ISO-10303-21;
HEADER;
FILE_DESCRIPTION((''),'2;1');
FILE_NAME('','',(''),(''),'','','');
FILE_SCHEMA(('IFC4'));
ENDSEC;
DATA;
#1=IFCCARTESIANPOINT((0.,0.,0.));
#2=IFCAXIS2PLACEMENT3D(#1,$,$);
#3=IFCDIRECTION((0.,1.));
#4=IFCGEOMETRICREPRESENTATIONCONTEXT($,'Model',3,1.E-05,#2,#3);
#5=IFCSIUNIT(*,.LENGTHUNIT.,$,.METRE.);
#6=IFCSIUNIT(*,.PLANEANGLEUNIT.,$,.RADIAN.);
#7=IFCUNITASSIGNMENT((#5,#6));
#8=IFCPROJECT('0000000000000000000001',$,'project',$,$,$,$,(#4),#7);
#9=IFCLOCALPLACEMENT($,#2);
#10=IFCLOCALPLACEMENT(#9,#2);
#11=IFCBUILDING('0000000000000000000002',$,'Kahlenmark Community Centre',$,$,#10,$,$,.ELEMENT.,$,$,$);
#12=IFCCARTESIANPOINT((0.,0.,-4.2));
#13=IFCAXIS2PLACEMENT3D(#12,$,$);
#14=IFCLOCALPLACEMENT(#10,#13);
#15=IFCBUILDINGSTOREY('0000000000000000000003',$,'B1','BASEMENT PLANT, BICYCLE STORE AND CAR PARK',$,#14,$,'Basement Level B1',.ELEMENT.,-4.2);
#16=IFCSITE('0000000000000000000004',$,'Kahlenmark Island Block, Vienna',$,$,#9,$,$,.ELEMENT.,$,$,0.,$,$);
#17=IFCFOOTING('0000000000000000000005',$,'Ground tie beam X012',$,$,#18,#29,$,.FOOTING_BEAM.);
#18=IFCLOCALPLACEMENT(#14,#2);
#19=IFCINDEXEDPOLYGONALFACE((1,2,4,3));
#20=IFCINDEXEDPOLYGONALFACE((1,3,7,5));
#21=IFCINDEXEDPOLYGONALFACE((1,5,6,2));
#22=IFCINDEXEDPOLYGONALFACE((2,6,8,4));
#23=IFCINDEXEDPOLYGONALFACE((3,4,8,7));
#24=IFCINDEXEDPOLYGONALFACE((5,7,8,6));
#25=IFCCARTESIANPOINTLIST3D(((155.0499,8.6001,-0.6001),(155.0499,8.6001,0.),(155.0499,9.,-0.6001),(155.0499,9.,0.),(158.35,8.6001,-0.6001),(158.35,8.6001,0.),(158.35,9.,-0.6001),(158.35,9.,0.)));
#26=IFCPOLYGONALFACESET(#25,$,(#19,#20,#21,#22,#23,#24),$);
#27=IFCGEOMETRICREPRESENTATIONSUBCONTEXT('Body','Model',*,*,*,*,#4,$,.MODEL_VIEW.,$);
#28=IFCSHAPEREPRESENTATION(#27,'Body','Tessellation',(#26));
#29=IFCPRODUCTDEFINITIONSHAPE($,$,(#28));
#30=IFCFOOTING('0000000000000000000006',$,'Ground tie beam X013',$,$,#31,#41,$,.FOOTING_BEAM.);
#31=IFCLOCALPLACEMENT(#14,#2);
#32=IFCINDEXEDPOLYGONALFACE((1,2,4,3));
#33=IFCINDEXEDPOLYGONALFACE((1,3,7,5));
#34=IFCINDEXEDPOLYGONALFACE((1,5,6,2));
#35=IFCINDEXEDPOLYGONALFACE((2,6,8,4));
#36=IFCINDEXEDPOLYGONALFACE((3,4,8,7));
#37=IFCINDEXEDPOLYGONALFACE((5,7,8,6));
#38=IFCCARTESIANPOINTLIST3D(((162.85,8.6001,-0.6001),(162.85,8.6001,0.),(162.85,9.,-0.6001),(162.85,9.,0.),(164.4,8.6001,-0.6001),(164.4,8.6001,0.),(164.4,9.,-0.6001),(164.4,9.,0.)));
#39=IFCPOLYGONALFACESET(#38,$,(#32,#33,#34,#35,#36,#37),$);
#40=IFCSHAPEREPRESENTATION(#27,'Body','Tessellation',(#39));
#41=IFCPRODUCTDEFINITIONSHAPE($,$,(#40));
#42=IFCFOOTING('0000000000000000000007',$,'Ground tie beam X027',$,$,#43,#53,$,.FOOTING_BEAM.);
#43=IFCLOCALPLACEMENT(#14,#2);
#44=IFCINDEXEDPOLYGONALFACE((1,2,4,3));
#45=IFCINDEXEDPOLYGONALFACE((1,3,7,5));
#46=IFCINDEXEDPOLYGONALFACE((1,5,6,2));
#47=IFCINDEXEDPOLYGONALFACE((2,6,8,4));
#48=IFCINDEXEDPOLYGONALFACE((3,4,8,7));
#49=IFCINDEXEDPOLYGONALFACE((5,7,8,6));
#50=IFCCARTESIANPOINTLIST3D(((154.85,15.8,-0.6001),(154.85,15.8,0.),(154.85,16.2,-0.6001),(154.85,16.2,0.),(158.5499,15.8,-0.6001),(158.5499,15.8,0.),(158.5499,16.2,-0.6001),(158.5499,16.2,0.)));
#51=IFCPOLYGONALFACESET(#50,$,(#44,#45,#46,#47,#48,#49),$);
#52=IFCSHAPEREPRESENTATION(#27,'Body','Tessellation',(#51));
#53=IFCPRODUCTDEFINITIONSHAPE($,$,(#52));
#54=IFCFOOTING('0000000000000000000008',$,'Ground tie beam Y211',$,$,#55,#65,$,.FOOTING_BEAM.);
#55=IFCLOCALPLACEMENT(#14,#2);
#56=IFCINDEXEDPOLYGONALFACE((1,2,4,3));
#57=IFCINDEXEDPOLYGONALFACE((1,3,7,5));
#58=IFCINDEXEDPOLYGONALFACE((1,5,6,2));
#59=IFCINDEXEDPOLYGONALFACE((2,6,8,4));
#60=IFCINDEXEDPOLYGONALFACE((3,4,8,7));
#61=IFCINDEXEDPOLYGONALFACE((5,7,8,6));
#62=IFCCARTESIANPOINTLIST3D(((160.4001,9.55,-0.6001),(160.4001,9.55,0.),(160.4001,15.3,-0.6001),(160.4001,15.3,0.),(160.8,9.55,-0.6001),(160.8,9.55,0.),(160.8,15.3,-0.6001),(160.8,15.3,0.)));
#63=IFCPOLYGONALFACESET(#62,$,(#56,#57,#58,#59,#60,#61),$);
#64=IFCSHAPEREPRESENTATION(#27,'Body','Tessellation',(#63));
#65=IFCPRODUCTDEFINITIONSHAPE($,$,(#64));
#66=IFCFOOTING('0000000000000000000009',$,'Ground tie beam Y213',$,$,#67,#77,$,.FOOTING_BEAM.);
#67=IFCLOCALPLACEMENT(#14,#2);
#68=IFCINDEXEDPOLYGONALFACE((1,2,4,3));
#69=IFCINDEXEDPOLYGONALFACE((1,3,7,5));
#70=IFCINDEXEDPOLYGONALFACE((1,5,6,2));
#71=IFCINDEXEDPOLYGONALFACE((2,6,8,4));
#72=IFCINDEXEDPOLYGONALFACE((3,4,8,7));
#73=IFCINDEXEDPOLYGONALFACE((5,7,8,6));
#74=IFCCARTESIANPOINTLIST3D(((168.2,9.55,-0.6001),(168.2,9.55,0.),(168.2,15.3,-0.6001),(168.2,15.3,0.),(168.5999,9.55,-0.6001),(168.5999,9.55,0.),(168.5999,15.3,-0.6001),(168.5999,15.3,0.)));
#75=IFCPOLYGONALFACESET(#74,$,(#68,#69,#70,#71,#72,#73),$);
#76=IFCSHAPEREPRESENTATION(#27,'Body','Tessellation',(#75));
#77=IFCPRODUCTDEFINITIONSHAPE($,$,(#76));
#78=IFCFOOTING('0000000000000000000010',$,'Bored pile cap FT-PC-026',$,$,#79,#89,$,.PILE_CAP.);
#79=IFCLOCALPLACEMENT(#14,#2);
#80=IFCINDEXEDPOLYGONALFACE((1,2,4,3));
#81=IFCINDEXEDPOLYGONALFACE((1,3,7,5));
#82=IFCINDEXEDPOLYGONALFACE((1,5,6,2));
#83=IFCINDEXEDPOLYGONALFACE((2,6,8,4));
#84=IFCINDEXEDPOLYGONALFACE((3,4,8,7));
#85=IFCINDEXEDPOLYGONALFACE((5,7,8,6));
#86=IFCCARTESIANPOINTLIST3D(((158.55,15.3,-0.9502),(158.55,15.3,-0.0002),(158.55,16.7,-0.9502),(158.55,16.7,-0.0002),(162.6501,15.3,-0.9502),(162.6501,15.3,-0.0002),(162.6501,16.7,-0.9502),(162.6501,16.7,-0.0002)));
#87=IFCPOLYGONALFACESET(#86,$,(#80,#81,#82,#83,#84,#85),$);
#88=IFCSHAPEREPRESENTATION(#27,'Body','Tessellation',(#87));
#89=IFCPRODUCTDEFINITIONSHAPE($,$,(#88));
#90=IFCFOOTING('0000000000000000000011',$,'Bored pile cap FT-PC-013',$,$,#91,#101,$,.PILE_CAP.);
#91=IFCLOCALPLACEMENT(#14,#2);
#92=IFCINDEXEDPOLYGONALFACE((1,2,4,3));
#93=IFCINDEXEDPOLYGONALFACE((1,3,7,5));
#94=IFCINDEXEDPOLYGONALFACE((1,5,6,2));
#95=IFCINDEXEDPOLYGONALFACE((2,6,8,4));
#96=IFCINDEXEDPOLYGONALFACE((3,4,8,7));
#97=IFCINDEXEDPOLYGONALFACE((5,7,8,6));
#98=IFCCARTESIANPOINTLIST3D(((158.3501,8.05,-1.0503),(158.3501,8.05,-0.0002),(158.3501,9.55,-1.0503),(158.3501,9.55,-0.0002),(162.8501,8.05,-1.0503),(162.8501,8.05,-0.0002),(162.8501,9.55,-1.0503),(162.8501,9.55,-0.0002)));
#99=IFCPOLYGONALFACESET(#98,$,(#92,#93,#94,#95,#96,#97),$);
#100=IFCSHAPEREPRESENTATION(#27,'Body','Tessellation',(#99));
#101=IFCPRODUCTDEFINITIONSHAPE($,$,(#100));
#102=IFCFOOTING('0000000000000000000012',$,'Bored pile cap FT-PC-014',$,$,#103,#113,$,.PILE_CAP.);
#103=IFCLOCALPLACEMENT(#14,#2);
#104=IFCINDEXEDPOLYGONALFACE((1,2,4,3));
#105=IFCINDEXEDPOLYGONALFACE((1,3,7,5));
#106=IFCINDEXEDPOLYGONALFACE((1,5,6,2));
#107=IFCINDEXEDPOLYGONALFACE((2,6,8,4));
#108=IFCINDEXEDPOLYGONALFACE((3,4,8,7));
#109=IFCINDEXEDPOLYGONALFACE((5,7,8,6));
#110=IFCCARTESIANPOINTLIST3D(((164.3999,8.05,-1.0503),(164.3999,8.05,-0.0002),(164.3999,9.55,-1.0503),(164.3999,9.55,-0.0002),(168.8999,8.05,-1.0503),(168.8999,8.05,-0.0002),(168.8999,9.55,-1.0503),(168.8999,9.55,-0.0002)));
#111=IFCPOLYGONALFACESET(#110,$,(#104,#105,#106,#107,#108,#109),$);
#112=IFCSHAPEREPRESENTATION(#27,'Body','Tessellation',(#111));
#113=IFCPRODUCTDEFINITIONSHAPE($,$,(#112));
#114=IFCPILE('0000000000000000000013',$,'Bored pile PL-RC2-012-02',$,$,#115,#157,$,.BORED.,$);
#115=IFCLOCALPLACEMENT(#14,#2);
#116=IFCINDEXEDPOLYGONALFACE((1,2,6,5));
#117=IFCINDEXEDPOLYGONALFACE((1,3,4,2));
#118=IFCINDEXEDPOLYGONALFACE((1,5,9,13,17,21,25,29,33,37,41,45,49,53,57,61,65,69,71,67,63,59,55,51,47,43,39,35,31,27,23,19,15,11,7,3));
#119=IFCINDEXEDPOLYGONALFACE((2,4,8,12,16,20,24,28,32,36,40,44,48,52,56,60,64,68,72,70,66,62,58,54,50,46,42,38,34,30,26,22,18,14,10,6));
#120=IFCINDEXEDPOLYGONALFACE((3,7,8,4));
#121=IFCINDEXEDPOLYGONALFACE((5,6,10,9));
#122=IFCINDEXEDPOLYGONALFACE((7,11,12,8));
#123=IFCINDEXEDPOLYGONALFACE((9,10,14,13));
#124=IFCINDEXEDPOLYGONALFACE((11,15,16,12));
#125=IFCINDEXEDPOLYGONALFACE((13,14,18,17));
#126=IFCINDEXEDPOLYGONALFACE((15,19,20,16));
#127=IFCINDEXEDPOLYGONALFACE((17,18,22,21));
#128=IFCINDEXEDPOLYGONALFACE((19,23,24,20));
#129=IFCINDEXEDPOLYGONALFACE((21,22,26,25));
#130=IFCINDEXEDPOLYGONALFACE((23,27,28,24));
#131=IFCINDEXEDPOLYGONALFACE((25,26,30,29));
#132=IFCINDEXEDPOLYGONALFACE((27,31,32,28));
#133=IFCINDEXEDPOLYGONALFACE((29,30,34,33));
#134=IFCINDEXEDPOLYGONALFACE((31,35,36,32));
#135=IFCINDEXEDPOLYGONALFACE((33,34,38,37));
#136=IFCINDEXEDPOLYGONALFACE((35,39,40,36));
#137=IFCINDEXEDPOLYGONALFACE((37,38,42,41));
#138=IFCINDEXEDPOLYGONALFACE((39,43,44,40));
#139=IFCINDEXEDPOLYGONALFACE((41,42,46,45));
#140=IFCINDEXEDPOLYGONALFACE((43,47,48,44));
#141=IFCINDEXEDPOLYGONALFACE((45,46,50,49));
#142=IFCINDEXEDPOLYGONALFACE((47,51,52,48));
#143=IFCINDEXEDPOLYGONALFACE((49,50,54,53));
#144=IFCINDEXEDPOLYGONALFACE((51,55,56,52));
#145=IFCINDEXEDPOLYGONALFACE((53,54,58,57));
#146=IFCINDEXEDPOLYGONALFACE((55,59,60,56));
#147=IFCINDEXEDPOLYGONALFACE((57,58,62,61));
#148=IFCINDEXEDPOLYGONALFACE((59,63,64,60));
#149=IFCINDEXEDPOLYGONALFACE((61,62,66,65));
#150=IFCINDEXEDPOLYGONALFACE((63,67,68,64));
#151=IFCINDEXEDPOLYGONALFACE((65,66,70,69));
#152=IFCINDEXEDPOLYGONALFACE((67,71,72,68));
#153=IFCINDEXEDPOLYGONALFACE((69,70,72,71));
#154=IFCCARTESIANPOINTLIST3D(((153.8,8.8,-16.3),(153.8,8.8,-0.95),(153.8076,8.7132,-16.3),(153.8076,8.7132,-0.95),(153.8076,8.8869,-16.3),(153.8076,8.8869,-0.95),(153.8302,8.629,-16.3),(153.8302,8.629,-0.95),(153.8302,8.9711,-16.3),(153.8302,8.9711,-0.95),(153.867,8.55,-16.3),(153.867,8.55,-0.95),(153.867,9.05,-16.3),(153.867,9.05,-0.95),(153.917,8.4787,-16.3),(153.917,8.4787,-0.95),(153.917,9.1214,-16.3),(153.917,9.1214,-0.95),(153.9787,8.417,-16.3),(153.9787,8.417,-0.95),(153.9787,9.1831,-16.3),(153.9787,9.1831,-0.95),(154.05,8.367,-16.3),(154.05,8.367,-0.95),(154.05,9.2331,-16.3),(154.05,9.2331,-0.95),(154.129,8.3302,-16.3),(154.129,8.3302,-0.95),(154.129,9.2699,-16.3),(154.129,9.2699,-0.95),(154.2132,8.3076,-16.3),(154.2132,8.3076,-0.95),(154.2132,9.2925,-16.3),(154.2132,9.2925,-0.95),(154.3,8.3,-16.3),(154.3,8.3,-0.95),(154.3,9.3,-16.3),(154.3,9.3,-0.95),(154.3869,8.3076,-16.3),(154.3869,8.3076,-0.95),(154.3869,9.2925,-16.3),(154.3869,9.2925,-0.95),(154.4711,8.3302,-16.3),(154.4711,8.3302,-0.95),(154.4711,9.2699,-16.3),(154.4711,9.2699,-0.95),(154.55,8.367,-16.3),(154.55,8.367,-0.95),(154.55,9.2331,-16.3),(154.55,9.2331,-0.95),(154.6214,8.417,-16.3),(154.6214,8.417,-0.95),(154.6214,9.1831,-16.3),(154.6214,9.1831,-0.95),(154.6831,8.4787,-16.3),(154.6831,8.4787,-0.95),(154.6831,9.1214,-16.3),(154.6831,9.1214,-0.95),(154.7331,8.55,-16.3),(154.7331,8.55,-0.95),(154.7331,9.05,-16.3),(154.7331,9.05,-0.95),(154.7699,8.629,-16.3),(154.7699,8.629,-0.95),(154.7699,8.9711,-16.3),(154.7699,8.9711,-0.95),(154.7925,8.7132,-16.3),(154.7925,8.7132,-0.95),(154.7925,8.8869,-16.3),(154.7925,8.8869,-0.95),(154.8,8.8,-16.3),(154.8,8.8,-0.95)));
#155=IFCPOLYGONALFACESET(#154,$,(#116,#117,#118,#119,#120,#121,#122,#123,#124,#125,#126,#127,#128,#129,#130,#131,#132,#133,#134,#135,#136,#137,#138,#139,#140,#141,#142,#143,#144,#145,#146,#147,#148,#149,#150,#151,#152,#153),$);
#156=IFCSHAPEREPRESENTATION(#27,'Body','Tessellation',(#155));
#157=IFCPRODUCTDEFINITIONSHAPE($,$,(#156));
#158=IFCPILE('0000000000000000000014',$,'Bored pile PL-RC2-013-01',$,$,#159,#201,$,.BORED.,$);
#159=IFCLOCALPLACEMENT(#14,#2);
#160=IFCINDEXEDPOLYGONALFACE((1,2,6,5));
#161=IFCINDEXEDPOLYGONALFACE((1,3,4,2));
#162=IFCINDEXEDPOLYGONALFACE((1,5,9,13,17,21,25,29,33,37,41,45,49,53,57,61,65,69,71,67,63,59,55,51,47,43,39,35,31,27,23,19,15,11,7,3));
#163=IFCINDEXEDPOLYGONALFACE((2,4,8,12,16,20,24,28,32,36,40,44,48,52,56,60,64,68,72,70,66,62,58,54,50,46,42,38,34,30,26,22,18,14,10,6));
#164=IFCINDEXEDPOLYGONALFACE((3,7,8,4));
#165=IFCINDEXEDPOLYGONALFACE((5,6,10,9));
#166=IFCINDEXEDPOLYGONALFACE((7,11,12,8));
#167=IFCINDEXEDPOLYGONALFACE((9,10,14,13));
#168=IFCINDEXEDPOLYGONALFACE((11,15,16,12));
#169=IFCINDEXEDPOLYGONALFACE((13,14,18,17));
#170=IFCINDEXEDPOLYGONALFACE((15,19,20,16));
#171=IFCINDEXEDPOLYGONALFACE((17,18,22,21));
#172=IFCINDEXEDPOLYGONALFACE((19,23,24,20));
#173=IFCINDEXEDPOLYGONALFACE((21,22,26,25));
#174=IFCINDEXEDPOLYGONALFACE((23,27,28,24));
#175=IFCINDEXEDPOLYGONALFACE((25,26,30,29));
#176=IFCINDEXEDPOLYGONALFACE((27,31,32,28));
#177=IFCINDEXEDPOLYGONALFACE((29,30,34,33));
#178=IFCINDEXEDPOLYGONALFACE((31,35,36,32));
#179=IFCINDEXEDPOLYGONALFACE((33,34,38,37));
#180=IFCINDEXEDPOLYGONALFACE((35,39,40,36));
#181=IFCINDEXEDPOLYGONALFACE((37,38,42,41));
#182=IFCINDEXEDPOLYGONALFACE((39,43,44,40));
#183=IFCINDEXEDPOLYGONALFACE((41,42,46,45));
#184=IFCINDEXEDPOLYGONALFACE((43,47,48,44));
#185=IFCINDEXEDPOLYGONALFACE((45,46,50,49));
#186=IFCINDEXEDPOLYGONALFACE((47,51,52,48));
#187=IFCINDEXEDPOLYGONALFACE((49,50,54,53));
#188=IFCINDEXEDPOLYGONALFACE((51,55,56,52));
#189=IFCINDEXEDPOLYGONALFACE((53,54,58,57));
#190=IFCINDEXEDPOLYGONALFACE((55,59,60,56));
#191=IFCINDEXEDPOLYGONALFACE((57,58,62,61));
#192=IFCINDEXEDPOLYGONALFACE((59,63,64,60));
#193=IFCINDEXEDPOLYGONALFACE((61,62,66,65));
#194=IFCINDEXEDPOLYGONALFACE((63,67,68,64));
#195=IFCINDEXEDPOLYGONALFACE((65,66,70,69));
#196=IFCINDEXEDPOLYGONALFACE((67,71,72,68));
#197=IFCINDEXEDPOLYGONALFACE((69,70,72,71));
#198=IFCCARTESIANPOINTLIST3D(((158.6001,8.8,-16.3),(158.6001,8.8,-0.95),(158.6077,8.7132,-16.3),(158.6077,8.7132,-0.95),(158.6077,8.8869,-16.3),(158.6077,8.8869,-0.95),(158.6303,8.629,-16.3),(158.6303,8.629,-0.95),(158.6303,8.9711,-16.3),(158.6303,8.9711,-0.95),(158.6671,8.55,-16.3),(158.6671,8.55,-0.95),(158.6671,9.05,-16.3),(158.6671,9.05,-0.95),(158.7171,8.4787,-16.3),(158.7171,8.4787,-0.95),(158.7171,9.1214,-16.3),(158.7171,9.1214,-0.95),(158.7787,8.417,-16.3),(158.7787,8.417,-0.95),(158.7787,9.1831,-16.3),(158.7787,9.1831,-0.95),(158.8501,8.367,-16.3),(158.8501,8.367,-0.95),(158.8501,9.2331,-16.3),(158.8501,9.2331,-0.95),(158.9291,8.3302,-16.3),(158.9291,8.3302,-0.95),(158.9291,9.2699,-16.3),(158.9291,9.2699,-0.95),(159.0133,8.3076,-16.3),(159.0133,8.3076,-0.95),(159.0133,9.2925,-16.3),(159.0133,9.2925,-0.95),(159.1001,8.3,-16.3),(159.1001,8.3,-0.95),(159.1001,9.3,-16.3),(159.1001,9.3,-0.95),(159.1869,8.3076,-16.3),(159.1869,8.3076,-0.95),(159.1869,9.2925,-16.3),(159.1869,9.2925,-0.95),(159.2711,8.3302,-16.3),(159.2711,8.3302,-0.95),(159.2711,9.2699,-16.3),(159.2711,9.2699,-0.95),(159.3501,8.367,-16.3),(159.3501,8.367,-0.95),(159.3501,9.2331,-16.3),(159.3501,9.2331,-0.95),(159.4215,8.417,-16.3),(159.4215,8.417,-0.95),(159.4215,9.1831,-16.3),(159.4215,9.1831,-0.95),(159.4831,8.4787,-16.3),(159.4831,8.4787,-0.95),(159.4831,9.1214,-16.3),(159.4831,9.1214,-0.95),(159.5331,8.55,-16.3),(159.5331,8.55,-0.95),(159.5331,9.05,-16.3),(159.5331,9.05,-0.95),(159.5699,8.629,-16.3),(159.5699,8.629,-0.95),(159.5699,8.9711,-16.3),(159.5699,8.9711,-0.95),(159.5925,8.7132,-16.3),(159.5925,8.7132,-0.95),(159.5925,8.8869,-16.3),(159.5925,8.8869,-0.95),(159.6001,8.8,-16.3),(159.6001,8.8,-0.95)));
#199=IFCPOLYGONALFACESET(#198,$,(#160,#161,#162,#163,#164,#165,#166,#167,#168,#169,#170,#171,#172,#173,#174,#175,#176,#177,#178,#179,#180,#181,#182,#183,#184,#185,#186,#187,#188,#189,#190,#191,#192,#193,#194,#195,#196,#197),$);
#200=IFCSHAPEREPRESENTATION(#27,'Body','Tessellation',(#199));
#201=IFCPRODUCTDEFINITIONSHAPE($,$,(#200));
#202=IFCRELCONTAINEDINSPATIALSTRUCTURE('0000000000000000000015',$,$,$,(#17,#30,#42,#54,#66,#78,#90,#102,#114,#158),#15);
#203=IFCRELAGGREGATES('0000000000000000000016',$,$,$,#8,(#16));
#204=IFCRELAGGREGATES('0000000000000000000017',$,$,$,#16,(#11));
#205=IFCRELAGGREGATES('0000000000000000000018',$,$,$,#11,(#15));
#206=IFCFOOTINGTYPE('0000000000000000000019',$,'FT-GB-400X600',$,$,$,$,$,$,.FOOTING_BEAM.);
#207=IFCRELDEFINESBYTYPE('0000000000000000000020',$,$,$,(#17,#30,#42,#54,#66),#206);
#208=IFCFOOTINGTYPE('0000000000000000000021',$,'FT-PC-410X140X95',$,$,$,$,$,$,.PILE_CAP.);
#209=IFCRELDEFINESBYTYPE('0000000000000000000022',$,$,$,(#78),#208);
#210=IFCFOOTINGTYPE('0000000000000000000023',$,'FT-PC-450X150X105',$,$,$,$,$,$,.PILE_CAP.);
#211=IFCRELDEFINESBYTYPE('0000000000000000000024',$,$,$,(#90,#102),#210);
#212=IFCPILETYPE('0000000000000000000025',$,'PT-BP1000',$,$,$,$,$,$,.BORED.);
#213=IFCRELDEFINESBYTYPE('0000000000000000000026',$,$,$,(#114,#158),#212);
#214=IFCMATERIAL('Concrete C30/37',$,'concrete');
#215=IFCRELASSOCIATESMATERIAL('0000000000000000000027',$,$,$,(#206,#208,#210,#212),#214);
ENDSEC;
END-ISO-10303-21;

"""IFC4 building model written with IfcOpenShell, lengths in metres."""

from ifc_helpers import new_model, si_unit, direction, frame, origin, origin_2d, place, context, subcontext, project, spatial, rectangle, circle, extrude, material, material_profile, profile_set, type_object, element, save


model = new_model("IFC4")

# Units and contexts
model_context = context("Model", 3, precision=1e-05, world=origin(), true_north=direction((0.0, 1.0)))
body_context = subcontext(model_context, "Body", "Model", "MODEL_VIEW")
ifc_project = project(units=[si_unit("LENGTHUNIT", "METRE"), si_unit("PLANEANGLEUNIT", "RADIAN")], contexts=[model_context])

# Site, building, storey
site_placement = place(None, origin())
site = spatial("IfcSite", under=ifc_project, at=site_placement, Name="Kahlenmark Island Block, Vienna", CompositionType="ELEMENT", RefElevation=0.0)
building_placement = place(site_placement, origin())
building = spatial("IfcBuilding", under=site, at=building_placement, Name="Kahlenmark Community Centre", CompositionType="ELEMENT")
storey_placement = place(building_placement, frame((0.0, 0.0, -4.2)))
storey = spatial("IfcBuildingStorey", under=building, at=storey_placement, Name="B1", Description="BASEMENT PLANT, BICYCLE STORE AND CAR PARK", LongName="Basement Level B1", CompositionType="ELEMENT", Elevation=-4.2)

# Footings
ifc_material_1 = material(Name="Concrete C30/37", Category="concrete")
footing_type_1 = type_object("IfcFootingType", Name="FT-GB-400X600", PredefinedType="FOOTING_BEAM", material=ifc_material_1)
footing_1_placement = place(storey_placement, frame((156.7, 8.8, -0.6001), z_axis=(0.0, 0.0, 1.0), x_axis=(1.0, 0.0, 0.0)))
element("IfcFooting", 1, at=footing_1_placement, inside=storey, type_object=footing_type_1, Name="Ground tie beam X012", PredefinedType="FOOTING_BEAM", context=body_context, shape_type="SweptSolid", body=[
    extrude(rectangle(XDim=3.3, YDim=0.3999, at=origin_2d()), origin(), (0.0, 0.0, 1.0), 0.6001),
])
footing_2_placement = place(storey_placement, frame((163.625, 8.8, -0.6001), z_axis=(0.0, 0.0, 1.0), x_axis=(1.0, 0.0, 0.0)))
element("IfcFooting", 2, at=footing_2_placement, inside=storey, type_object=footing_type_1, Name="Ground tie beam X013", PredefinedType="FOOTING_BEAM", context=body_context, shape_type="SweptSolid", body=[
    extrude(rectangle(XDim=1.55, YDim=0.3999, at=origin_2d()), origin(), (0.0, 0.0, 1.0), 0.6001),
])
footing_3_placement = place(storey_placement, frame((156.7, 16.0, -0.6001), z_axis=(0.0, 0.0, 1.0), x_axis=(1.0, 0.0, 0.0)))
element("IfcFooting", 3, at=footing_3_placement, inside=storey, type_object=footing_type_1, Name="Ground tie beam X027", PredefinedType="FOOTING_BEAM", context=body_context, shape_type="SweptSolid", body=[
    extrude(rectangle(XDim=3.7, YDim=0.3999, at=origin_2d()), origin(), (0.0, 0.0, 1.0), 0.6001),
])
for number, where, z_axis, x_axis, name in (
    (4, (160.6001, 12.425, -0.6001), (0.0, 0.0, 1.0), (1.0, 0.0, 0.0), "Ground tie beam Y211"),
    (5, (168.3999, 12.425, -0.6001), (0.0, 0.0, 1.0), (1.0, 0.0, 0.0), "Ground tie beam Y213"),
):
    element("IfcFooting", number, at=place(storey_placement, frame(where, z_axis=z_axis, x_axis=x_axis)), inside=storey, type_object=footing_type_1, Name=name, PredefinedType="FOOTING_BEAM", context=body_context, shape_type="SweptSolid", body=[
        extrude(rectangle(XDim=0.3999, YDim=5.75, at=origin_2d()), origin(), (0.0, 0.0, 1.0), 0.6001),
    ])
footing_type_2 = type_object("IfcFootingType", Name="FT-PC-410X140X95", PredefinedType="PILE_CAP", material=ifc_material_1)
footing_4_placement = place(storey_placement, frame((160.6001, 16.0, -0.9502), z_axis=(0.0, 0.0, 1.0), x_axis=(1.0, 0.0, 0.0)))
element("IfcFooting", 6, at=footing_4_placement, inside=storey, type_object=footing_type_2, Name="Bored pile cap FT-PC-026", PredefinedType="PILE_CAP", context=body_context, shape_type="SweptSolid", body=[
    extrude(rectangle(XDim=4.1001, YDim=1.3999, at=origin_2d()), origin(), (0.0, 0.0, 1.0), 0.95),
])
footing_type_3 = type_object("IfcFootingType", Name="FT-PC-450X150X105", PredefinedType="PILE_CAP", material=ifc_material_1)
for number, where, z_axis, x_axis, name in (
    (7, (160.6001, 8.8, -1.0503), (0.0, 0.0, 1.0), (1.0, 0.0, 0.0), "Bored pile cap FT-PC-013"),
    (8, (166.6499, 8.8, -1.0503), (0.0, 0.0, 1.0), (1.0, 0.0, 0.0), "Bored pile cap FT-PC-014"),
):
    element("IfcFooting", number, at=place(storey_placement, frame(where, z_axis=z_axis, x_axis=x_axis)), inside=storey, type_object=footing_type_3, Name=name, PredefinedType="PILE_CAP", context=body_context, shape_type="SweptSolid", body=[
        extrude(rectangle(XDim=4.5, YDim=1.5, at=origin_2d()), origin(), (0.0, 0.0, 1.0), 1.05),
    ])

# Piles
ifc_material_profile_1 = material_profile(ifc_material_1, circle(Radius=0.5, at=origin_2d()), Name="BORED PILE 1000")
ifc_profile_set_1 = profile_set([ifc_material_profile_1], Name="Concrete C30/37")
pile_type_1 = type_object("IfcPileType", Name="PT-BP1000", PredefinedType="BORED", material=ifc_profile_set_1)
for number, where, z_axis, x_axis, name in (
    (9, (154.3, 8.8, -0.95), (0.0, 0.0, -1.0), (1.0, 0.0, 0.0), "Bored pile PL-RC2-012-02"),
    (10, (159.1001, 8.8, -0.95), (0.0, 0.0, -1.0), (1.0, 0.0, 0.0), "Bored pile PL-RC2-013-01"),
):
    element("IfcPile", number, at=place(storey_placement, frame(where, z_axis=z_axis, x_axis=x_axis)), inside=storey, type_object=pile_type_1, Name=name, PredefinedType="BORED", context=body_context, shape_type="SweptSolid", body=[
        extrude(circle(Radius=0.5, at=origin_2d()), origin(), (0.0, 0.0, 1.0), 15.3501),
    ])

save(model, "model.ifc")
